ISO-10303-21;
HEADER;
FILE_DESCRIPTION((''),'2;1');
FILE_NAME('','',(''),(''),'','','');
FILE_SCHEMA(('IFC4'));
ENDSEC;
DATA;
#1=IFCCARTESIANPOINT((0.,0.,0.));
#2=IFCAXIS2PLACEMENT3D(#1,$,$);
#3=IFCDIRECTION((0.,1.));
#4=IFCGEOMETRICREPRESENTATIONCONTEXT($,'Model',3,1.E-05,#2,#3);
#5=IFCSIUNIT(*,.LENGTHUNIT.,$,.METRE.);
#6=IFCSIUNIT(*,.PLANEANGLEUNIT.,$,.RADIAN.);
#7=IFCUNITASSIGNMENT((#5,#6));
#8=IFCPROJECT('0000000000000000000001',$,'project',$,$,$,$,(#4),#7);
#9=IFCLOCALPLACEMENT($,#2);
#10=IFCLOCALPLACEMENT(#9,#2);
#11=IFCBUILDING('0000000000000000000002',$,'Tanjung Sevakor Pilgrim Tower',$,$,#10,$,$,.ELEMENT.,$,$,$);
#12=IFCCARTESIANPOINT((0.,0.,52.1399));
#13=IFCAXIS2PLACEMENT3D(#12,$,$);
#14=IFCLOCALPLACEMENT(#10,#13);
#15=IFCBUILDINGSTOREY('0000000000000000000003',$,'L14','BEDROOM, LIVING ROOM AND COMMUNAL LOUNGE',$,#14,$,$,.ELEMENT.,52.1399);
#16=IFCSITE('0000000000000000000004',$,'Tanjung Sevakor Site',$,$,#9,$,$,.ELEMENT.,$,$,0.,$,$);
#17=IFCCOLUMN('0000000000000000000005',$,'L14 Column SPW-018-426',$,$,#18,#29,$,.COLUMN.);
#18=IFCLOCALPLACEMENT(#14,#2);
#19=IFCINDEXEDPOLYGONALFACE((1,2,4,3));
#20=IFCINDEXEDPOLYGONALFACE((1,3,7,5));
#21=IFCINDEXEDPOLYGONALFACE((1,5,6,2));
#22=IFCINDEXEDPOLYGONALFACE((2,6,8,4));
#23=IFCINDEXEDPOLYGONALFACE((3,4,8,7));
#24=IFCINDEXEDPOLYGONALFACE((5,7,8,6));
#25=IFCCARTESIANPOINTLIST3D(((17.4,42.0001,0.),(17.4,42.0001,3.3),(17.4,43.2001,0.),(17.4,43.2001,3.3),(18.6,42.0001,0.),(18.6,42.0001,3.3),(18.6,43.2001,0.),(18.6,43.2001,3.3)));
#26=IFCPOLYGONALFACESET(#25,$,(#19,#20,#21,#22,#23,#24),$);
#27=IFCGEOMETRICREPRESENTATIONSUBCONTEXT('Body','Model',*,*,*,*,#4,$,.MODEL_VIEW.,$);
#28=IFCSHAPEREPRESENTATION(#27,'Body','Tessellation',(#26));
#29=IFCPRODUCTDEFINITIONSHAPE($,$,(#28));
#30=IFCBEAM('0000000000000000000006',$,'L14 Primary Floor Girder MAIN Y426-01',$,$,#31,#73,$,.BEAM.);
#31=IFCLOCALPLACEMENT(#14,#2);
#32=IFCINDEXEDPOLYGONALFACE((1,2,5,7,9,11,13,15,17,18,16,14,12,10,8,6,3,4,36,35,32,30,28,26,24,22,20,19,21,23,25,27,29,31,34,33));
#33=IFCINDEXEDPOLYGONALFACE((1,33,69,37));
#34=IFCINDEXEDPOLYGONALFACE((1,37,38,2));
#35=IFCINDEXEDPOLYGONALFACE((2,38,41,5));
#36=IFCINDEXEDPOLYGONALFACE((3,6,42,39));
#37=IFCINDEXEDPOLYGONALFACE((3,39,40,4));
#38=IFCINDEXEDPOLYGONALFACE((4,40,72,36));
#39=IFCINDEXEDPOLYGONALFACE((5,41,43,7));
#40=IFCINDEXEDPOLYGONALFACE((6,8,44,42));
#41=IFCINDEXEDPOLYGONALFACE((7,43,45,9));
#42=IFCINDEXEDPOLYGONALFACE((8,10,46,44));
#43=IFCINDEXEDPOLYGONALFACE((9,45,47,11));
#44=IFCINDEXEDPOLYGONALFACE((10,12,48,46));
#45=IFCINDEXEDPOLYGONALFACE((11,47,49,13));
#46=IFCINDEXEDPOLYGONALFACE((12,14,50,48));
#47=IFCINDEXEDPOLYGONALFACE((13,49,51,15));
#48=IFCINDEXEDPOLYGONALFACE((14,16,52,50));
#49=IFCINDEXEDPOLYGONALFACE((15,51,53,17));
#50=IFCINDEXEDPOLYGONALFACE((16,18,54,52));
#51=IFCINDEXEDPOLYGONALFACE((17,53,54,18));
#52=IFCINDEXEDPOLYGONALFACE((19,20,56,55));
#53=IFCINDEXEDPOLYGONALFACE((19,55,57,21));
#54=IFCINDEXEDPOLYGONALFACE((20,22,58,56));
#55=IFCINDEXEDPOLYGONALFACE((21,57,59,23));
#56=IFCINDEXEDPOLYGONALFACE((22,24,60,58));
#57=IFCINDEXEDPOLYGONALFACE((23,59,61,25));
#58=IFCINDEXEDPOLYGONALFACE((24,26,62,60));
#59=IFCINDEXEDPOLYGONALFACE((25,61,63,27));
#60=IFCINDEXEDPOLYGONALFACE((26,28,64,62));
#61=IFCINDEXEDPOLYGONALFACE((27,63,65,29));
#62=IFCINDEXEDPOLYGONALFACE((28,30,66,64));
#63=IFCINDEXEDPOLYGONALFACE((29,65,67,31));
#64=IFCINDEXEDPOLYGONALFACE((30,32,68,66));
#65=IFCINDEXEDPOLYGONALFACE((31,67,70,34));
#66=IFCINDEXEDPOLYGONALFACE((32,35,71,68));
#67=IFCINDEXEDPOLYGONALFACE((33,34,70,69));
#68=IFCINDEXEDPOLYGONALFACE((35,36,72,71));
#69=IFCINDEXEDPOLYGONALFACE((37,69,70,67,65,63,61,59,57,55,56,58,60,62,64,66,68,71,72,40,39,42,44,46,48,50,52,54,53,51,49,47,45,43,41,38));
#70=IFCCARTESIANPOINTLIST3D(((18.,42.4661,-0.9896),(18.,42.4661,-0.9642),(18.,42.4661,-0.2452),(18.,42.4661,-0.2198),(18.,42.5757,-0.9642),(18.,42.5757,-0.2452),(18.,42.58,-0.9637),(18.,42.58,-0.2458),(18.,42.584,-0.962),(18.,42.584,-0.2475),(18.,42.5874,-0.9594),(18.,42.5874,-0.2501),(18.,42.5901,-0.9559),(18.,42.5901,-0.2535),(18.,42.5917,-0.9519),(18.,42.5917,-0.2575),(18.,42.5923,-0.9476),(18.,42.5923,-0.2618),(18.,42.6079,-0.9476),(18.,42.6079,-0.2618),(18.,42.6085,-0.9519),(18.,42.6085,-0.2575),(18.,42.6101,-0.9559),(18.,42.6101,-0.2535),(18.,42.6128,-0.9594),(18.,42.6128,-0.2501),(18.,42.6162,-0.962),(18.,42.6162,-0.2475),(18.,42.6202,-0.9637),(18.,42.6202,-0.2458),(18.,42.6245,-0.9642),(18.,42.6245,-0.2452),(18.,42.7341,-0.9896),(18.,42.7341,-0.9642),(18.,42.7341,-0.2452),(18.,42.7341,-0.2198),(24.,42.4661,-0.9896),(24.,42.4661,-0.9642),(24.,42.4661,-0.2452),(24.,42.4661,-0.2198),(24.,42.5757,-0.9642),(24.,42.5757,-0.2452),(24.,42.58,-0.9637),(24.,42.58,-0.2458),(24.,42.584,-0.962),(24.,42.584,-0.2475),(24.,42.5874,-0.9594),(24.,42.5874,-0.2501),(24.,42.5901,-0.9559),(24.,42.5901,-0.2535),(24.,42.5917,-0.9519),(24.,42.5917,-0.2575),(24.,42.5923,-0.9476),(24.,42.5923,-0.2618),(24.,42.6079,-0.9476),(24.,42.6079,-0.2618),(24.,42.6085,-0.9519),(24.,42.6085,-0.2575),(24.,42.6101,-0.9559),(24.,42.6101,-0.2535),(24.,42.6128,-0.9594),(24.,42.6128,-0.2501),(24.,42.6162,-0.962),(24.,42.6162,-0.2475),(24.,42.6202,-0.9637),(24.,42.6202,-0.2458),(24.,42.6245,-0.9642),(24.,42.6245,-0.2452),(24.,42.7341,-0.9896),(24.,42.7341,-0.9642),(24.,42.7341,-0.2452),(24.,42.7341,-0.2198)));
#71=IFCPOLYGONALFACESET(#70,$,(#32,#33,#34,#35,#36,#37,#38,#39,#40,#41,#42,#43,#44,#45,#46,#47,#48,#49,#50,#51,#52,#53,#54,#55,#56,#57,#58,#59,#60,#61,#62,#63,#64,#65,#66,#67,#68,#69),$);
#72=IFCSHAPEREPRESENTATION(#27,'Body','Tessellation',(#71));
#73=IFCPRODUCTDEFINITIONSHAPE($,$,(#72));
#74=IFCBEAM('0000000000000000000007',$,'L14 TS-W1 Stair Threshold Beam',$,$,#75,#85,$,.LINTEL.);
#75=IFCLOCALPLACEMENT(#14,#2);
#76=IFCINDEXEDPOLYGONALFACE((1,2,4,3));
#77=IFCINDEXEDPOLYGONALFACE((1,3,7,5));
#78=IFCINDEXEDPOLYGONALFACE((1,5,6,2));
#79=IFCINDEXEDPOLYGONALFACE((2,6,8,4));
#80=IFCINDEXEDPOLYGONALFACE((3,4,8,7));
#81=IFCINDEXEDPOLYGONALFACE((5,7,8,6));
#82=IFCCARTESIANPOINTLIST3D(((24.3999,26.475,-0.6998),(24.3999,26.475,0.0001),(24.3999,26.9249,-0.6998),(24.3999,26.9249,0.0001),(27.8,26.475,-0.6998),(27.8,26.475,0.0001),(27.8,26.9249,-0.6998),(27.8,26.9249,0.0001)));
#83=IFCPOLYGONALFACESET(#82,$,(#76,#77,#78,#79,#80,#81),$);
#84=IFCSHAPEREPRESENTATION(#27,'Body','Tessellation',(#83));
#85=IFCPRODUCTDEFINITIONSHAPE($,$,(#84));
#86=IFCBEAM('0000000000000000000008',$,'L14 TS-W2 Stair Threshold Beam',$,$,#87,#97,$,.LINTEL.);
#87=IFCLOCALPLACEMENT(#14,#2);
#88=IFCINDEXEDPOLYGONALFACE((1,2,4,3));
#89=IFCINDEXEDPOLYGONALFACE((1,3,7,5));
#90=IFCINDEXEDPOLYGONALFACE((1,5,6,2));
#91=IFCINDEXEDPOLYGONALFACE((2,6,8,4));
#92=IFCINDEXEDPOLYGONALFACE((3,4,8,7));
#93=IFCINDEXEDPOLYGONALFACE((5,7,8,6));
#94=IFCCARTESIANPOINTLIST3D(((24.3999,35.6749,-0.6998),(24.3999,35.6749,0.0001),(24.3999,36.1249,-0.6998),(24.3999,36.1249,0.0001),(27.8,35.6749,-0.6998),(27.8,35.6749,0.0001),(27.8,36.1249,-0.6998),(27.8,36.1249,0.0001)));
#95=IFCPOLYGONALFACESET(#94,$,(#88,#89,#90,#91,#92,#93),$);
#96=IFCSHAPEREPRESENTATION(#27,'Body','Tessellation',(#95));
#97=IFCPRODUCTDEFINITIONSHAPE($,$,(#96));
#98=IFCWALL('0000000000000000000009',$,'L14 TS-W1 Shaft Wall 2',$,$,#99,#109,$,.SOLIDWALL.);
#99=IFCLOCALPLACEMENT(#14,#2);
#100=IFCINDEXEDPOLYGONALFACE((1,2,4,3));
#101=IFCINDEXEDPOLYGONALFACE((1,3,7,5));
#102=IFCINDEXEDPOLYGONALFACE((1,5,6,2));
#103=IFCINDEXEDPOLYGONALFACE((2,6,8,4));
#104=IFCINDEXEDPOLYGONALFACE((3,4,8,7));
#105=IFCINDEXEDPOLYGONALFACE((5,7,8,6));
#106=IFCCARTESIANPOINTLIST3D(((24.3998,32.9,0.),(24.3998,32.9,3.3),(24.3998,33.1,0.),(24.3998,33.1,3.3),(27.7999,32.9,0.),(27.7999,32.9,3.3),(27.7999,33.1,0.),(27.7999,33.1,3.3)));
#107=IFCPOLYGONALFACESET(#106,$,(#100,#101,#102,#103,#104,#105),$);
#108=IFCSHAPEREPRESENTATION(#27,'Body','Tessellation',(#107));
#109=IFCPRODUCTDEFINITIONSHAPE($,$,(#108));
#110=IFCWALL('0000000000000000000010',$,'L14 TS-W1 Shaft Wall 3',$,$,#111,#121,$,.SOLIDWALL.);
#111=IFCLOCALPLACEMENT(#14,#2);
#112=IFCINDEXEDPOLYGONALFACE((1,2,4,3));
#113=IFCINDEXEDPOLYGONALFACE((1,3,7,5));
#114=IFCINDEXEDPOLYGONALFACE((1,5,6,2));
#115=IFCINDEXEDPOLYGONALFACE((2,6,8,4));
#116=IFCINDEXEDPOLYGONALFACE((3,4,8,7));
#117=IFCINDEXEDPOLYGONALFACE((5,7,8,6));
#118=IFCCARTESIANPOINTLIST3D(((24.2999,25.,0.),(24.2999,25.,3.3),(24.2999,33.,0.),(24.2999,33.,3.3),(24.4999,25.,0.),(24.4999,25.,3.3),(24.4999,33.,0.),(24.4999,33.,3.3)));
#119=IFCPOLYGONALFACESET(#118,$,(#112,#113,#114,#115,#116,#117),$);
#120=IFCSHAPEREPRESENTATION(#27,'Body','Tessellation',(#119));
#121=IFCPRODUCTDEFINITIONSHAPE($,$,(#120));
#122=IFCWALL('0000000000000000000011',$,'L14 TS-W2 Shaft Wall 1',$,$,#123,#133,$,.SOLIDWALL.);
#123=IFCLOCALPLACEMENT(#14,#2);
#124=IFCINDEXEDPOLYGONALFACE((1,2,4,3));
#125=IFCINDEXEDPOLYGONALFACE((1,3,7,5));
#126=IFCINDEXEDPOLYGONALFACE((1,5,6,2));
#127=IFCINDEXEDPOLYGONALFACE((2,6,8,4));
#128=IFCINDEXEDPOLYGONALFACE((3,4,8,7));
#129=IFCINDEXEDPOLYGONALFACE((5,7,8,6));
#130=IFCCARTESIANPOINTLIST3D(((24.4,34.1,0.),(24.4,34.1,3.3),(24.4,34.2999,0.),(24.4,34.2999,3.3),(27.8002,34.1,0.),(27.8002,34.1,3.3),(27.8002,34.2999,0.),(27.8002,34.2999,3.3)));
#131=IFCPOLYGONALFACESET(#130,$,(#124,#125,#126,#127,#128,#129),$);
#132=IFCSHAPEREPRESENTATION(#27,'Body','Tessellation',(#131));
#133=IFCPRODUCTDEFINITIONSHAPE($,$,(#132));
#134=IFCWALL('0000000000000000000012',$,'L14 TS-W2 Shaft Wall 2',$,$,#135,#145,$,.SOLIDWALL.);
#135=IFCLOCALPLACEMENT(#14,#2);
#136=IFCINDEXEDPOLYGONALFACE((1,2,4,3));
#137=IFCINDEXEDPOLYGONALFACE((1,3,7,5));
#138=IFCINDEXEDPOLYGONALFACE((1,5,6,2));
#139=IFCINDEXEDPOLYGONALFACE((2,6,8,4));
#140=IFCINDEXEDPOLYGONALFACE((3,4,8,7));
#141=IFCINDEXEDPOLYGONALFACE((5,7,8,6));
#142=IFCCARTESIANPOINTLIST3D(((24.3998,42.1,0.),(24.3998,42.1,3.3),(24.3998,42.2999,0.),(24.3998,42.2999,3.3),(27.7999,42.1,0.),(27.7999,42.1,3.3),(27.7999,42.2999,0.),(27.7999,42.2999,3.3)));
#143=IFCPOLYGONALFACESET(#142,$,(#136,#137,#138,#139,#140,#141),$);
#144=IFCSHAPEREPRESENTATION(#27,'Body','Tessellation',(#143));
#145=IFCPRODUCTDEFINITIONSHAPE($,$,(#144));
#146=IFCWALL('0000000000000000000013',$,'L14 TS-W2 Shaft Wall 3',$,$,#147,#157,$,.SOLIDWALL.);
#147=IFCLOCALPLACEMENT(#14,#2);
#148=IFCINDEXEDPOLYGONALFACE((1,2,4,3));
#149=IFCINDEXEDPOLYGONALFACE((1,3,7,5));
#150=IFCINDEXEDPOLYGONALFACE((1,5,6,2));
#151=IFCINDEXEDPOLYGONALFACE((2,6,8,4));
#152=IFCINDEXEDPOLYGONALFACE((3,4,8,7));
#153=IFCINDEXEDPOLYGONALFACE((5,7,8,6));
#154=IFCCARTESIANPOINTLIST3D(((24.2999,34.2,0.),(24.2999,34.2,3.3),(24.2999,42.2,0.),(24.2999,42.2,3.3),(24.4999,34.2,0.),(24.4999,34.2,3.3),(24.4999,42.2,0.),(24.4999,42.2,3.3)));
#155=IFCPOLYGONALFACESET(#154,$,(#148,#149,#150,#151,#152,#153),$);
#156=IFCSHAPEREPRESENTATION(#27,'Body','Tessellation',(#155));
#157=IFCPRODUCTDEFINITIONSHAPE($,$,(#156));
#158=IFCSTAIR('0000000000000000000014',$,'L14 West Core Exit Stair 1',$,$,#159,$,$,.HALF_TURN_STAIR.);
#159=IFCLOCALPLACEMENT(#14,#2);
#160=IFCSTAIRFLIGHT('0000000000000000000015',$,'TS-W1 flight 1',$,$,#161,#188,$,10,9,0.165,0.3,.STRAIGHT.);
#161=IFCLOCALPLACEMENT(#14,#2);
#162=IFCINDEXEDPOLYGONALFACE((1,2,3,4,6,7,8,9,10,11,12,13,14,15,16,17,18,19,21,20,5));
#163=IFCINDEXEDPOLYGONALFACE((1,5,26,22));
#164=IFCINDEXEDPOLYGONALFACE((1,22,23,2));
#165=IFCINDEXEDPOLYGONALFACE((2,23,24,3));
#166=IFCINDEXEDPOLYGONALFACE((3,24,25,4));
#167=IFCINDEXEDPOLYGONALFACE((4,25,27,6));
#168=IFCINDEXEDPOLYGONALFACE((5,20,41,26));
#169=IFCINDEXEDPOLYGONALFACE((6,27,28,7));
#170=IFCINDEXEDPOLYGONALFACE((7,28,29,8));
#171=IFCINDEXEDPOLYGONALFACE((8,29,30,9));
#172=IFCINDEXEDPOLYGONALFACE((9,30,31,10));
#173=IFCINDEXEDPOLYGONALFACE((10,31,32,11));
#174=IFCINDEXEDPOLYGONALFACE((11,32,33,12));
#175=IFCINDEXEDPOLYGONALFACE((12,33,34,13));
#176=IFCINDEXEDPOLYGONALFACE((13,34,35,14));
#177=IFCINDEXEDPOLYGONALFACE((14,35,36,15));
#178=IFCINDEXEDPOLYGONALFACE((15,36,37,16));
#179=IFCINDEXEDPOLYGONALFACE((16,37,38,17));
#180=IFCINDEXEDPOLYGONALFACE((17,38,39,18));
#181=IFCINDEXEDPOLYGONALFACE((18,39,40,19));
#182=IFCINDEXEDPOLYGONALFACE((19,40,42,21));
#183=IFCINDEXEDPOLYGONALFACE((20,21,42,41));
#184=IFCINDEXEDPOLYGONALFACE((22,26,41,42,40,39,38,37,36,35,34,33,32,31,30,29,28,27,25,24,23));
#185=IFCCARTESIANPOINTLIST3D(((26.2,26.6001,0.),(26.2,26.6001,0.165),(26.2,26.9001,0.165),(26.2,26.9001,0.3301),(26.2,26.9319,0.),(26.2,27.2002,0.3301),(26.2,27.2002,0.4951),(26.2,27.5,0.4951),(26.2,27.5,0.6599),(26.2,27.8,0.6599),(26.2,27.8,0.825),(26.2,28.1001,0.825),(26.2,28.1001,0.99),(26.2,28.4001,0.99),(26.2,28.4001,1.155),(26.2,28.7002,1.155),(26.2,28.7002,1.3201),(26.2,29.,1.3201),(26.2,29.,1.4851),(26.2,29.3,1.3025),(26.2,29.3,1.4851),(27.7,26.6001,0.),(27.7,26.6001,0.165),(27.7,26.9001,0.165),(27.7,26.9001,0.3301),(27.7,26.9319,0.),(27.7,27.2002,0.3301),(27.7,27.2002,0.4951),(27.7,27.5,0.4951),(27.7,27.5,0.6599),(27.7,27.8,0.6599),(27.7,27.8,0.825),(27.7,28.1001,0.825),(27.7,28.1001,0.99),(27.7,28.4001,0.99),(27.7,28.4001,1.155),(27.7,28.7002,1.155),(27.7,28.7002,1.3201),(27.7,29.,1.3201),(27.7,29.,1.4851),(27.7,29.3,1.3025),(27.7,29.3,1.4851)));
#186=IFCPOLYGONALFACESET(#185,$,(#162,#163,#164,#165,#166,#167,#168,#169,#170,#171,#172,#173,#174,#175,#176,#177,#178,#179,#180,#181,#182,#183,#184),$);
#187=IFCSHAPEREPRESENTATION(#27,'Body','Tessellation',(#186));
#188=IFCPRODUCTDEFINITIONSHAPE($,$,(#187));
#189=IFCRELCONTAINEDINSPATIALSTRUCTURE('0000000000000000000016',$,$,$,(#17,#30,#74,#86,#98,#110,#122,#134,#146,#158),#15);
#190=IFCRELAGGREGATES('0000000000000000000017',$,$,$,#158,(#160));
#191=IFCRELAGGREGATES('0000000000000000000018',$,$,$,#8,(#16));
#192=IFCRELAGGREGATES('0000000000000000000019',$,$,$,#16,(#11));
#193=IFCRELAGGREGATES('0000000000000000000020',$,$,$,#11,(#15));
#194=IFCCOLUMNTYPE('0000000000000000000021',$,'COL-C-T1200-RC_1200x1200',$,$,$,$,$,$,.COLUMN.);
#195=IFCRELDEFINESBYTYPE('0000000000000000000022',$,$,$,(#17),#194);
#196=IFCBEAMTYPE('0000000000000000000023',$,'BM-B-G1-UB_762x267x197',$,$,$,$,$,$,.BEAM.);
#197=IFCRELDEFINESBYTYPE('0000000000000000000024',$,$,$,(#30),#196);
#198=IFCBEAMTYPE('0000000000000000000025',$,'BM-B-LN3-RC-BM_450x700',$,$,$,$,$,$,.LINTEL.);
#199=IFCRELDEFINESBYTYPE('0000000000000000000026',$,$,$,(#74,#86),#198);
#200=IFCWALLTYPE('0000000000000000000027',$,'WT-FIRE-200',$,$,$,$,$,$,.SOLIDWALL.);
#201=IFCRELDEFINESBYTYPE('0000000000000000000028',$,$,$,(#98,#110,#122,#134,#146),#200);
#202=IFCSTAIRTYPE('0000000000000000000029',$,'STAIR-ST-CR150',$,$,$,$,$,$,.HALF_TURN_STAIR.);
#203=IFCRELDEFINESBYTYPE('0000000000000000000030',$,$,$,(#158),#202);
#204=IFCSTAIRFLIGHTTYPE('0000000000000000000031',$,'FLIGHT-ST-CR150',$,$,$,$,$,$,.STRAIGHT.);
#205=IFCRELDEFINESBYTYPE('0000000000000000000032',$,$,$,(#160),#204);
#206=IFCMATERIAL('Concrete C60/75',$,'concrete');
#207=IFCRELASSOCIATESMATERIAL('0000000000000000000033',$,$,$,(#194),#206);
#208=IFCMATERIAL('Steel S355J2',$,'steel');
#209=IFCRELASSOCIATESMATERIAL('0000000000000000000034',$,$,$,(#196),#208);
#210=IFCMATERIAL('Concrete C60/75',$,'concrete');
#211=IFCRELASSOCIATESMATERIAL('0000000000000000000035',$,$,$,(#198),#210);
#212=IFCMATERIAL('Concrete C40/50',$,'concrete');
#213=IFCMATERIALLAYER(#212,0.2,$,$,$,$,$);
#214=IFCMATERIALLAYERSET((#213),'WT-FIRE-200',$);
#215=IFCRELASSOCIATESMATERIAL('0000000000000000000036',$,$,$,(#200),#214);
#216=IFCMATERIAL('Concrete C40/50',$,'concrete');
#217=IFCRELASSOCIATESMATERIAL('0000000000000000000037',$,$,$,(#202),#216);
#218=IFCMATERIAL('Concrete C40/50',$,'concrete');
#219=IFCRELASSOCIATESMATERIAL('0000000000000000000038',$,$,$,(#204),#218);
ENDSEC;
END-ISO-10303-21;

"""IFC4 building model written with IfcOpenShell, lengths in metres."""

from ifc_helpers import new_model, si_unit, direction, frame, frame_2d, origin, origin_2d, place, context, subcontext, project, spatial, polyline, rectangle, i_section, outline, extrude, material, layer, layer_set, material_profile, profile_set, type_object, element, aggregate, save


model = new_model("IFC4")

# Units and contexts
model_context = context("Model", 3, precision=1e-05, world=origin(), true_north=direction((0.0, 1.0)))
body_context = subcontext(model_context, "Body", "Model", "MODEL_VIEW")
ifc_project = project(units=[si_unit("LENGTHUNIT", "METRE"), si_unit("PLANEANGLEUNIT", "RADIAN")], contexts=[model_context])

# Site, building, storey
site_placement = place(None, origin())
site = spatial("IfcSite", under=ifc_project, at=site_placement, Name="Tanjung Sevakor Site", CompositionType="ELEMENT", RefElevation=0.0)
building_placement = place(site_placement, origin())
building = spatial("IfcBuilding", under=site, at=building_placement, Name="Tanjung Sevakor Pilgrim Tower", CompositionType="ELEMENT")
storey_placement = place(building_placement, frame((0.0, 0.0, 52.1399)))
storey = spatial("IfcBuildingStorey", under=building, at=storey_placement, Name="L14", Description="BEDROOM, LIVING ROOM AND COMMUNAL LOUNGE", CompositionType="ELEMENT", Elevation=52.1399)

# Column
ifc_material_1 = material(Name="Concrete C60/75", Category="concrete")
ifc_material_profile_1 = material_profile(ifc_material_1, rectangle(XDim=1.2, YDim=1.2, at=origin_2d()))
ifc_profile_set_1 = profile_set([ifc_material_profile_1], Name="Concrete C60/75")
column_type = type_object("IfcColumnType", Name="COL-C-T1200-RC_1200x1200", PredefinedType="COLUMN", material=ifc_profile_set_1)
column_placement = place(storey_placement, frame((18.0, 42.6001, 0.0), z_axis=(0.0, 0.0, 1.0), x_axis=(1.0, 0.0, 0.0)))
element("IfcColumn", 1, at=column_placement, inside=storey, type_object=column_type, Name="L14 Column SPW-018-426", PredefinedType="COLUMN", context=body_context, shape_type="SweptSolid", body=[
    extrude(rectangle(XDim=1.2, YDim=1.2, at=origin_2d()), origin(), (0.0, 0.0, 1.0), 3.3),
])

# Beams
ifc_material_2 = material(Name="Steel S355J2", Category="steel")
ifc_material_profile_2 = material_profile(ifc_material_2, i_section(OverallWidth=0.2681, OverallDepth=0.7698, WebThickness=0.0156, FlangeThickness=0.0254, FilletRadius=0.0166, at=origin_2d()))
ifc_profile_set_2 = profile_set([ifc_material_profile_2], Name="Steel S355J2")
beam_type_1 = type_object("IfcBeamType", Name="BM-B-G1-UB_762x267x197", PredefinedType="BEAM", material=ifc_profile_set_2)
beam_placement = place(storey_placement, frame((18.0, 42.6001, -0.6047), z_axis=(1.0, 0.0, 0.0), x_axis=(0.0, 1.0, 0.0)))
element("IfcBeam", 2, at=beam_placement, inside=storey, type_object=beam_type_1, Name="L14 Primary Floor Girder MAIN Y426-01", PredefinedType="BEAM", context=body_context, shape_type="SweptSolid", body=[
    extrude(i_section(OverallWidth=0.2681, OverallDepth=0.7698, WebThickness=0.0156, FlangeThickness=0.0254, FilletRadius=0.0166, at=origin_2d()), origin(), (0.0, 0.0, 1.0), 6.0),
])
ifc_material_3 = material(Name="Concrete C60/75", Category="concrete")
ifc_material_profile_3 = material_profile(ifc_material_3, rectangle(XDim=0.45, YDim=0.7, at=origin_2d()))
ifc_profile_set_3 = profile_set([ifc_material_profile_3], Name="Concrete C60/75")
beam_type_2 = type_object("IfcBeamType", Name="BM-B-LN3-RC-BM_450x700", PredefinedType="LINTEL", material=ifc_profile_set_3)
for number, where, z_axis, x_axis, name in (
    (3, (24.3999, 26.7, -0.3499), (1.0, 0.0, 0.0), (0.0, 1.0, 0.0), "L14 TS-W1 Stair Threshold Beam"),
    (4, (24.3999, 35.8999, -0.3499), (1.0, 0.0, 0.0), (0.0, 1.0, 0.0), "L14 TS-W2 Stair Threshold Beam"),
):
    element("IfcBeam", number, at=place(storey_placement, frame(where, z_axis=z_axis, x_axis=x_axis)), inside=storey, type_object=beam_type_2, Name=name, PredefinedType="LINTEL", context=body_context, shape_type="SweptSolid", body=[
        extrude(rectangle(XDim=0.45, YDim=0.7, at=origin_2d()), origin(), (0.0, 0.0, 1.0), 3.4001),
    ])

# Walls
ifc_material_4 = material(Name="Concrete C40/50", Category="concrete")
ifc_layer_1 = layer(ifc_material_4, 0.2)
ifc_layer_set_1 = layer_set([ifc_layer_1], Name="WT-FIRE-200")
wall_type = type_object("IfcWallType", Name="WT-FIRE-200", PredefinedType="SOLIDWALL", material=ifc_layer_set_1)
wall_1_placement = place(storey_placement, frame((27.8, 33.0, 0.0), z_axis=(0.0, 0.0, 1.0), x_axis=(-1.0, 0.0, 0.0)))
element("IfcWall", 5, at=wall_1_placement, inside=storey, type_object=wall_type, Name="L14 TS-W1 Shaft Wall 2", PredefinedType="SOLIDWALL", context=body_context, shape_type="SweptSolid", body=[
    extrude(rectangle(XDim=3.4001, YDim=0.2, at=frame_2d((1.7002, 0.0))), origin(), (0.0, 0.0, 1.0), 3.3),
])
wall_2_placement = place(storey_placement, frame((24.3999, 33.0, 0.0), z_axis=(0.0, 0.0, 1.0), x_axis=(0.0, -1.0, 0.0)))
element("IfcWall", 6, at=wall_2_placement, inside=storey, type_object=wall_type, Name="L14 TS-W1 Shaft Wall 3", PredefinedType="SOLIDWALL", context=body_context, shape_type="SweptSolid", body=[
    extrude(rectangle(XDim=8.0, YDim=0.2, at=frame_2d((4.0, 0.0))), origin(), (0.0, 0.0, 1.0), 3.3),
])
for number, where, z_axis, x_axis, name in (
    (7, (24.3999, 34.2, 0.0), (0.0, 0.0, 1.0), (1.0, 0.0, 0.0), "L14 TS-W2 Shaft Wall 1"),
    (8, (27.8, 42.2, 0.0), (0.0, 0.0, 1.0), (-1.0, 0.0, 0.0), "L14 TS-W2 Shaft Wall 2"),
):
    element("IfcWall", number, at=place(storey_placement, frame(where, z_axis=z_axis, x_axis=x_axis)), inside=storey, type_object=wall_type, Name=name, PredefinedType="SOLIDWALL", context=body_context, shape_type="SweptSolid", body=[
        extrude(rectangle(XDim=3.4001, YDim=0.2, at=frame_2d((1.7002, 0.0))), origin(), (0.0, 0.0, 1.0), 3.3),
    ])
wall_3_placement = place(storey_placement, frame((24.3999, 42.2, 0.0), z_axis=(0.0, 0.0, 1.0), x_axis=(0.0, -1.0, 0.0)))
element("IfcWall", 9, at=wall_3_placement, inside=storey, type_object=wall_type, Name="L14 TS-W2 Shaft Wall 3", PredefinedType="SOLIDWALL", context=body_context, shape_type="SweptSolid", body=[
    extrude(rectangle(XDim=8.0, YDim=0.2, at=frame_2d((4.0, 0.0))), origin(), (0.0, 0.0, 1.0), 3.3),
])

# Stair, stair flight
ifc_material_5 = material(Name="Concrete C40/50", Category="concrete")
stair_type = type_object("IfcStairType", Name="STAIR-ST-CR150", PredefinedType="HALF_TURN_STAIR", material=ifc_material_5)
stair_1_placement = place(storey_placement, origin())
stair_1 = element("IfcStair", 10, at=stair_1_placement, inside=storey, type_object=stair_type, Name="L14 West Core Exit Stair 1", PredefinedType="HALF_TURN_STAIR")
ifc_material_6 = material(Name="Concrete C40/50", Category="concrete")
stair_flight_type = type_object("IfcStairFlightType", Name="FLIGHT-ST-CR150", PredefinedType="STRAIGHT", material=ifc_material_6)
stair_flight_1_placement = place(storey_placement, frame((26.95, 26.6001, 0.0), z_axis=(0.0, 0.0, 1.0), x_axis=(0.0, 1.0, 0.0)))
stair_flight_1 = element("IfcStairFlight", 11, at=stair_flight_1_placement, type_object=stair_flight_type, Name="TS-W1 flight 1", NumberOfRisers=10, NumberOfTreads=9, PredefinedType="STRAIGHT", RiserHeight=0.165, TreadLength=0.3, context=body_context, shape_type="SweptSolid", body=[
    extrude(outline(polyline([(0.0, 0.0), (0.0, 0.165), (0.3, 0.165), (0.3, 0.3301), (0.6001, 0.3301), (0.6001, 0.4951), (0.8999, 0.4951), (0.8999, 0.6599), (1.2, 0.6599), (1.2, 0.825), (1.5, 0.825), (1.5, 0.99), (1.8, 0.99), (1.8, 1.155), (2.1001, 1.155), (2.1001, 1.3201), (2.3999, 1.3201), (2.3999, 1.4851), (2.7, 1.4851), (2.7, 1.6499), (2.7, 1.3025), (0.3318, 0.0), (0.0, 0.0)])), frame((0.0, 0.75, 0.0), z_axis=(0.0, -1.0, 0.0), x_axis=(1.0, 0.0, 0.0)), (0.0, 0.0, 1.0), 1.5),
])
aggregate(stair_1, [stair_flight_1])

save(model, "model.ifc")
